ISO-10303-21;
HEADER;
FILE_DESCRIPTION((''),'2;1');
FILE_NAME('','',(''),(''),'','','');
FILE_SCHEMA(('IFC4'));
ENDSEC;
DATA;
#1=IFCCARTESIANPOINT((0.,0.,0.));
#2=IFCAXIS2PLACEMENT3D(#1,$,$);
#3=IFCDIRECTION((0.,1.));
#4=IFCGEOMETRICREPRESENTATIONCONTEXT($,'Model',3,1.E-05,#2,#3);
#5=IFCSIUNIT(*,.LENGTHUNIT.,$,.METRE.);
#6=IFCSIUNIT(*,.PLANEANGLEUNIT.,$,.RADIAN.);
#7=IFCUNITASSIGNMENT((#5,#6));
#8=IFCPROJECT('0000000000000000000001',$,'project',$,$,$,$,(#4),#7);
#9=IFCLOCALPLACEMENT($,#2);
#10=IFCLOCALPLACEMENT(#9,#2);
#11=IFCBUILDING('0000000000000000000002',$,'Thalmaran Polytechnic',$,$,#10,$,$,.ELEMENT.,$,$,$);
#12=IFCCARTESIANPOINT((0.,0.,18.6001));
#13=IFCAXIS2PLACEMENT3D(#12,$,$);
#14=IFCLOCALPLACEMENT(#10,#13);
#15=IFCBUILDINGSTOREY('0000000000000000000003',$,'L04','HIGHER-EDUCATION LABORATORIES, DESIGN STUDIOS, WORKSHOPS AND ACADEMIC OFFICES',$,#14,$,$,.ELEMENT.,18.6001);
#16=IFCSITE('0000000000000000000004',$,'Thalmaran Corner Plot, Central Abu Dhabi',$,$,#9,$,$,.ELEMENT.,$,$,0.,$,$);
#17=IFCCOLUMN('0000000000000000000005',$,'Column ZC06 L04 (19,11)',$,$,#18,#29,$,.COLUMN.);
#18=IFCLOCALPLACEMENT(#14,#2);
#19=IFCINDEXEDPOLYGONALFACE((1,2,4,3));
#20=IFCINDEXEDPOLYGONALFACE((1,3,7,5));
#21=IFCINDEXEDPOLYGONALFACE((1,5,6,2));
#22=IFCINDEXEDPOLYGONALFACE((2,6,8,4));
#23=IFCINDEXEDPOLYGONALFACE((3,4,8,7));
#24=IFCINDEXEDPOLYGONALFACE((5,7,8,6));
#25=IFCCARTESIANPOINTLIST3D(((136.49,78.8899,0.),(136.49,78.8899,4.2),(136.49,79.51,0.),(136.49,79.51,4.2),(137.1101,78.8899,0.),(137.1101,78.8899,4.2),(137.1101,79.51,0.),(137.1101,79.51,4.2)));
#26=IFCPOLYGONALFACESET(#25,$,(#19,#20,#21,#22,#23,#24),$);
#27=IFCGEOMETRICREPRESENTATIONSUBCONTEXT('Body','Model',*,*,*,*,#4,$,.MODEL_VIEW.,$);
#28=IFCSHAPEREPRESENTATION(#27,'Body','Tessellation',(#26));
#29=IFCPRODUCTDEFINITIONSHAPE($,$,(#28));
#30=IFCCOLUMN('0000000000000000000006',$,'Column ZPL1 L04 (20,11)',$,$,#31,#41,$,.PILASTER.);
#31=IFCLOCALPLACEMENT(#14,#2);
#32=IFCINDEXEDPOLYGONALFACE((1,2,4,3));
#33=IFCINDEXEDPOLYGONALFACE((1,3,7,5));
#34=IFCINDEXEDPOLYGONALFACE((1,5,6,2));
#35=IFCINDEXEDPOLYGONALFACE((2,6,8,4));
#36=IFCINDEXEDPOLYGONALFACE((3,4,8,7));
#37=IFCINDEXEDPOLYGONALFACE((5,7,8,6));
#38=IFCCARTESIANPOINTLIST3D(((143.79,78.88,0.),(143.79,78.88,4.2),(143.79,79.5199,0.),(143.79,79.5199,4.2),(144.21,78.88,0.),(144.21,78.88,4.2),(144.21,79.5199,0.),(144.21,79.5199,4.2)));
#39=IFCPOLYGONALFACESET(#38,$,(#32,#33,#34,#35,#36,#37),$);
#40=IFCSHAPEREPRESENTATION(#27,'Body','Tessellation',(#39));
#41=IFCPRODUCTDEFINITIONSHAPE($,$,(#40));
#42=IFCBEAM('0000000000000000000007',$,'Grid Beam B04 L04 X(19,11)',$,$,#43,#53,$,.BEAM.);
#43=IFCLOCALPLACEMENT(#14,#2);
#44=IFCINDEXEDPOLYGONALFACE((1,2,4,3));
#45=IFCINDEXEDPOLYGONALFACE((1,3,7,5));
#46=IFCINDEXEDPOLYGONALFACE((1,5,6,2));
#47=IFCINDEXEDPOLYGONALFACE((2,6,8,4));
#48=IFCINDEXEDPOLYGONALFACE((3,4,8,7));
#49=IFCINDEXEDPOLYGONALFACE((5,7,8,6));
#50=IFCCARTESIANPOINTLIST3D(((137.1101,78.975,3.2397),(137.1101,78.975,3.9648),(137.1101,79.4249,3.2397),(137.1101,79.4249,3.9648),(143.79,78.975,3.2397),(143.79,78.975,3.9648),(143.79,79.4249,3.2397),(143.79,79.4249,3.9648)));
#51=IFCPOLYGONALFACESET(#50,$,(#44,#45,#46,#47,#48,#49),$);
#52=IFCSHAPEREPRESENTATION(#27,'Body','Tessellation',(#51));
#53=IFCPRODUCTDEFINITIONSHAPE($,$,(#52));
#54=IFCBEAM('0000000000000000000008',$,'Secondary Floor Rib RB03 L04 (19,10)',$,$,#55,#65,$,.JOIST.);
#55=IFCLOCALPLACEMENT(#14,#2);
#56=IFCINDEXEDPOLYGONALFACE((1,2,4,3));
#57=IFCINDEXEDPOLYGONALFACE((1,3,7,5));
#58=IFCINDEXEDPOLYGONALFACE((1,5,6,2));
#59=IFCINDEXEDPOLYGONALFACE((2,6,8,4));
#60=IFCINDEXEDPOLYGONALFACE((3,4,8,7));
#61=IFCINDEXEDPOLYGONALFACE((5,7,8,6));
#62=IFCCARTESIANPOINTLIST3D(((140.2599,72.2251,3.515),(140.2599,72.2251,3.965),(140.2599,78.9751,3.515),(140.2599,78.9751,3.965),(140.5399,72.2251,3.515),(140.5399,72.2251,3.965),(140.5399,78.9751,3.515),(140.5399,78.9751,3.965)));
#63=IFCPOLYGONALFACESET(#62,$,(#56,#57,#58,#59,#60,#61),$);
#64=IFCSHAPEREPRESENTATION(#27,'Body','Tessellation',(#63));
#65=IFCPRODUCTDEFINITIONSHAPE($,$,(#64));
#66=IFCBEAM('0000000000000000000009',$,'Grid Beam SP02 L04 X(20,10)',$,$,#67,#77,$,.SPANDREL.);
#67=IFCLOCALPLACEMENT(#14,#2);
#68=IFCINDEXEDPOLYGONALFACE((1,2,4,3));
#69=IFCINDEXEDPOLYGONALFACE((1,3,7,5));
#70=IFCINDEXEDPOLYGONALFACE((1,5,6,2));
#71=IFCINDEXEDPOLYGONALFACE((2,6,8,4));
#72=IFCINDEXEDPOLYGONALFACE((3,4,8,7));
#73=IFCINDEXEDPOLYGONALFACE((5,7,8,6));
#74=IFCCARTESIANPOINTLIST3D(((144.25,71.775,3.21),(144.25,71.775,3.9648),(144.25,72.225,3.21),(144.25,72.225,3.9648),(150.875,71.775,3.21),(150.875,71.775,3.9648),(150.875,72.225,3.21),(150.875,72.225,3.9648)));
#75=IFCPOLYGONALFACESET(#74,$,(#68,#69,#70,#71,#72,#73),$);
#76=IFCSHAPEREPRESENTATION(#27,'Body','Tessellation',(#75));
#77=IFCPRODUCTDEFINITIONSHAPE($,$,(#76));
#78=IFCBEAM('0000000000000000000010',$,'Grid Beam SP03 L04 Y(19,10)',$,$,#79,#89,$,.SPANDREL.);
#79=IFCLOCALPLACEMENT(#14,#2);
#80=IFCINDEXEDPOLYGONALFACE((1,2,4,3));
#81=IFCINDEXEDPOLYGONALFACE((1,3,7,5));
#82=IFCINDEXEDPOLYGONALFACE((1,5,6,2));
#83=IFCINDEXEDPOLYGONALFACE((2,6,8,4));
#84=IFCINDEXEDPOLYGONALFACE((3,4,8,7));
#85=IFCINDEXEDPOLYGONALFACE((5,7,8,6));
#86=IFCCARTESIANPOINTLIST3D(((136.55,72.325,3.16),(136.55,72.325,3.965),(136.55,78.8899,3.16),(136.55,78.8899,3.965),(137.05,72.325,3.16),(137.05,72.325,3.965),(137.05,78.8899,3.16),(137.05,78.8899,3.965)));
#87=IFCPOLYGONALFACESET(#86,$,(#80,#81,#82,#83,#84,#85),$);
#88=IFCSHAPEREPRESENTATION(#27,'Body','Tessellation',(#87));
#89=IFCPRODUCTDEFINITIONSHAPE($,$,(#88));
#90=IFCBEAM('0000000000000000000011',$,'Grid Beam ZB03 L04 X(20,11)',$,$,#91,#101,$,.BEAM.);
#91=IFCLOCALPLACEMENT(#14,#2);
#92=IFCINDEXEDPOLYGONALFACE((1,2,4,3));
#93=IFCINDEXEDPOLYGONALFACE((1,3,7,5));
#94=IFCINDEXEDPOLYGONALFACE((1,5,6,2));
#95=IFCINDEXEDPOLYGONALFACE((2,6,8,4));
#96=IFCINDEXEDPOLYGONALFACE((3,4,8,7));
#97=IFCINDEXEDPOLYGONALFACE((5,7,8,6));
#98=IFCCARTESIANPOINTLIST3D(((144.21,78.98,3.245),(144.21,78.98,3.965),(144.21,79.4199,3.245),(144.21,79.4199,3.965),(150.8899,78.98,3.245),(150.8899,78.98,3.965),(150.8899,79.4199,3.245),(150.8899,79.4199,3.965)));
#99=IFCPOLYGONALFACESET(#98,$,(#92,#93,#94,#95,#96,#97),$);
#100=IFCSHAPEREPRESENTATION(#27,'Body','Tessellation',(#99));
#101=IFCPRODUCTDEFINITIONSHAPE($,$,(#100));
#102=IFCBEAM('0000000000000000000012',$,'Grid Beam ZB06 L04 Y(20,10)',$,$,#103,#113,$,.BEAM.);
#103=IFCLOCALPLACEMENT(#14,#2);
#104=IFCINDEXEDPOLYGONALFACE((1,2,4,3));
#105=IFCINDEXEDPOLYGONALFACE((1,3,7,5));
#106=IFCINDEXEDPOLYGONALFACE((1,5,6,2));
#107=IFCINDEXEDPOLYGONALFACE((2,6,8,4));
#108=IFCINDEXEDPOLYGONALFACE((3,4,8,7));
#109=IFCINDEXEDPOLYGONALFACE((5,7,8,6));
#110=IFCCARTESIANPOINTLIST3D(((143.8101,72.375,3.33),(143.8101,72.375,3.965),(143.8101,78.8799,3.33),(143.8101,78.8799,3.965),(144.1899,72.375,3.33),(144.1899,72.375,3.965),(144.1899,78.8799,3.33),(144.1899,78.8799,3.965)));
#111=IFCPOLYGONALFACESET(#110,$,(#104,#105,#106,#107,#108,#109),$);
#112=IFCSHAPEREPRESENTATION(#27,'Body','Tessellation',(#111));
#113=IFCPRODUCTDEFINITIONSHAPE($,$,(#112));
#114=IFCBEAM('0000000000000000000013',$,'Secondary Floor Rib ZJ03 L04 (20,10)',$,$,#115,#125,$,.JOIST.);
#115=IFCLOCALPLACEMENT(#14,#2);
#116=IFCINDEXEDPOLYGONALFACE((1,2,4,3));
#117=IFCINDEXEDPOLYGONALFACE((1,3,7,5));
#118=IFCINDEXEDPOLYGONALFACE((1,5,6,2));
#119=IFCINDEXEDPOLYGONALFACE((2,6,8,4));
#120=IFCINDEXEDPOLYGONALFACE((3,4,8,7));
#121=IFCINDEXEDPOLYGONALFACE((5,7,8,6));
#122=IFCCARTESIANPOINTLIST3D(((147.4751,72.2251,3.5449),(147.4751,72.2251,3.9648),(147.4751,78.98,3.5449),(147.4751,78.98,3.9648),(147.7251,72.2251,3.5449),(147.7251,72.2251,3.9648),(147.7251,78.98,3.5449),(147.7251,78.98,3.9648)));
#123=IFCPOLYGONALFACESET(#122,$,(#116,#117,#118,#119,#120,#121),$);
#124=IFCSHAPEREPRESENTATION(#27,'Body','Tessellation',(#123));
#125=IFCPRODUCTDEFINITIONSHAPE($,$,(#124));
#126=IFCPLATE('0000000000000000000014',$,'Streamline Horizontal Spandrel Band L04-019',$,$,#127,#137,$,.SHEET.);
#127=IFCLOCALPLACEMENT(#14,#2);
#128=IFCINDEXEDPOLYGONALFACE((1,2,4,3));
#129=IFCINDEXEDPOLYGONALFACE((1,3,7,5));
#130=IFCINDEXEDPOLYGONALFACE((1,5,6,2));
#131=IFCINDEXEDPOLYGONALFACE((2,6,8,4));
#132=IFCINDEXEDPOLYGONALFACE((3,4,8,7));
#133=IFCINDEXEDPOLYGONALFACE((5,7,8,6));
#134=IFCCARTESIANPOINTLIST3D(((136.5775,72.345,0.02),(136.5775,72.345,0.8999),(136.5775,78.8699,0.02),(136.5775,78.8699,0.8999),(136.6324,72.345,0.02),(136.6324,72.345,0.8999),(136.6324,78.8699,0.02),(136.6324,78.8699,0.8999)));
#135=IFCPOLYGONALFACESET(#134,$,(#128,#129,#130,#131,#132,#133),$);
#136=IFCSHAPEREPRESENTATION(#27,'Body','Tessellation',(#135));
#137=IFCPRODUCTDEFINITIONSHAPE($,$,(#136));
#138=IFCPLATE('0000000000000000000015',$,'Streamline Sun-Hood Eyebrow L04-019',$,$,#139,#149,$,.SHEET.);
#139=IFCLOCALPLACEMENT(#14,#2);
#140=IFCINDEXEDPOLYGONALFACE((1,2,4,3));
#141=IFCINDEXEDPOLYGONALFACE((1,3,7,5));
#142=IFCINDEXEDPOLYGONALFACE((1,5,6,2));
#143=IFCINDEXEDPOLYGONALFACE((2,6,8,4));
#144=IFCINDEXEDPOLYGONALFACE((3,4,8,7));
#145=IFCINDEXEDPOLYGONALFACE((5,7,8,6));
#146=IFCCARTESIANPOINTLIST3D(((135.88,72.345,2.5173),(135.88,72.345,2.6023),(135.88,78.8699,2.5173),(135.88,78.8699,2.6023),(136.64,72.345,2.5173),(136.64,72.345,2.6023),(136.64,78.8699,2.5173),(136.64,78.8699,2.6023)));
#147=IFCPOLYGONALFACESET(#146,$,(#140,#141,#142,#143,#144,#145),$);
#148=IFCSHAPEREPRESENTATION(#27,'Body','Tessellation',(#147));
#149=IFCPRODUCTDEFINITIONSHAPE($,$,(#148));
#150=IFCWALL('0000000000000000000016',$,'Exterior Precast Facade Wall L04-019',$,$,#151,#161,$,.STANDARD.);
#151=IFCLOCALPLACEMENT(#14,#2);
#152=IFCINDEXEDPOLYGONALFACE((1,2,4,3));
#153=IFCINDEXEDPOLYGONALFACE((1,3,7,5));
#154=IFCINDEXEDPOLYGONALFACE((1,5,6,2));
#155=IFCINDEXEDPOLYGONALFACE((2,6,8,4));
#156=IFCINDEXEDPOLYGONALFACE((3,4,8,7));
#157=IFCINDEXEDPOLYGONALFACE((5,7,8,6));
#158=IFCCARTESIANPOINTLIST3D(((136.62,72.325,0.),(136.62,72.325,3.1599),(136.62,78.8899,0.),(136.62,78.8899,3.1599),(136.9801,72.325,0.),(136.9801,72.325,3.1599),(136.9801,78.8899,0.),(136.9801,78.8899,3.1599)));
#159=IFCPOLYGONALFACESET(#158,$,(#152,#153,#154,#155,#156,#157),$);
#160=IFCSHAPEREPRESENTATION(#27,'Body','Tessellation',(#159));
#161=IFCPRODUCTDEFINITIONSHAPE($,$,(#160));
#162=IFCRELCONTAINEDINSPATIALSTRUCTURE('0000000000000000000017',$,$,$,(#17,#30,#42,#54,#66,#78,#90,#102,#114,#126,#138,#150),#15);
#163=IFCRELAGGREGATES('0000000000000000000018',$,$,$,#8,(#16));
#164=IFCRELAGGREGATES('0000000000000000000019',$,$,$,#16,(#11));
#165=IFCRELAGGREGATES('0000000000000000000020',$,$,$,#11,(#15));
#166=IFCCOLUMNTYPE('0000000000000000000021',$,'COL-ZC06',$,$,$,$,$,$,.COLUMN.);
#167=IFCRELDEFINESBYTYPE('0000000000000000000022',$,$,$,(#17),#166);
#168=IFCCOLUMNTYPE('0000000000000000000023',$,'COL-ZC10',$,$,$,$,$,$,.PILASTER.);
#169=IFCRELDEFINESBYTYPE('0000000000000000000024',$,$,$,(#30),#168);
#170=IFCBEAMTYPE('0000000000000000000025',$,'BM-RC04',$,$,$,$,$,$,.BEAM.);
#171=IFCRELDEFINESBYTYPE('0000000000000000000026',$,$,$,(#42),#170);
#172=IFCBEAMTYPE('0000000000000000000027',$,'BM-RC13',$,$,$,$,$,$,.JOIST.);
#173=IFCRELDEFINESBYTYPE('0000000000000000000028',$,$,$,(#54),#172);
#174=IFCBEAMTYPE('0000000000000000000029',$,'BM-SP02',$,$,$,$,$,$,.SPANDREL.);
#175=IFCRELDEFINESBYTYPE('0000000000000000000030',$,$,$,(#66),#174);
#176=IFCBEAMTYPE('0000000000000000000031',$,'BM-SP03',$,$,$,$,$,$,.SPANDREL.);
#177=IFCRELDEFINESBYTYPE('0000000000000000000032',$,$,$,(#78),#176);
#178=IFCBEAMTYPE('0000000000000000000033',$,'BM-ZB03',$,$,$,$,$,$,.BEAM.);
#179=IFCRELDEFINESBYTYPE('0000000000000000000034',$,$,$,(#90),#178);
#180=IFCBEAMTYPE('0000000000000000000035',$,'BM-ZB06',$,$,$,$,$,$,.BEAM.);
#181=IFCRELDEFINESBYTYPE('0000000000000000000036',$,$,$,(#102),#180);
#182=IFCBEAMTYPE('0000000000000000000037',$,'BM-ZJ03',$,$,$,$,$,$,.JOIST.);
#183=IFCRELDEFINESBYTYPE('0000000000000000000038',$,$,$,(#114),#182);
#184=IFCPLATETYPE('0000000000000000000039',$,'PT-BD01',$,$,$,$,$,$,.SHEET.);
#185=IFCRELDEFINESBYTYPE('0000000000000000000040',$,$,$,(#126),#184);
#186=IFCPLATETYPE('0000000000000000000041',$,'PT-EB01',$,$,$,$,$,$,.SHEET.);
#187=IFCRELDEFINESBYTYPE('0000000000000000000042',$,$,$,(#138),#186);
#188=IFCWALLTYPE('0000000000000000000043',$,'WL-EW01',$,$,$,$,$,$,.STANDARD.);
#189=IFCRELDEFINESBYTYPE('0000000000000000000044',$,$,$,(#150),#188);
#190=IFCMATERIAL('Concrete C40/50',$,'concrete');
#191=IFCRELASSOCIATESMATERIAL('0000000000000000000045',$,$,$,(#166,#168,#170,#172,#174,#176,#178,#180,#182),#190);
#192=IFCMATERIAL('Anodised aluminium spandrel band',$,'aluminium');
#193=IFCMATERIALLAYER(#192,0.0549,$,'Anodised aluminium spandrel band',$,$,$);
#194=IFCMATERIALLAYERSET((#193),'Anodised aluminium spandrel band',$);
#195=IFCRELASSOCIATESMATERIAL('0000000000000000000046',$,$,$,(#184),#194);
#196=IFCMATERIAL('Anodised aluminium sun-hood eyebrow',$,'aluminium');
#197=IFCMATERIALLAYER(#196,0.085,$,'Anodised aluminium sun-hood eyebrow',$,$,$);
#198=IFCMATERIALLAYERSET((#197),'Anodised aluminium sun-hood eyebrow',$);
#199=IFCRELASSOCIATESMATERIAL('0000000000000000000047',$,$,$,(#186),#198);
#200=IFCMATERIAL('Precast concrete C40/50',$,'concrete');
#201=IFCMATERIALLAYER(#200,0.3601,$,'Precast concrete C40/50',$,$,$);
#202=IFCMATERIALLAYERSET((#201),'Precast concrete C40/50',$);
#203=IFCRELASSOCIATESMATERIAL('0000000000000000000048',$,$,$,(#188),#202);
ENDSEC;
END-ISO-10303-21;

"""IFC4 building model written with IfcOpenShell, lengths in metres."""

from ifc_helpers import new_model, si_unit, direction, frame, frame_2d, origin, origin_2d, place, context, subcontext, project, spatial, rectangle, extrude, material, layer, layer_set, material_profile, profile_set, type_object, element, save


model = new_model("IFC4")

# Units and contexts
model_context = context("Model", 3, precision=1e-05, world=origin(), true_north=direction((0.0, 1.0)))
body_context = subcontext(model_context, "Body", "Model", "MODEL_VIEW")
ifc_project = project(units=[si_unit("LENGTHUNIT", "METRE"), si_unit("PLANEANGLEUNIT", "RADIAN")], contexts=[model_context])

# Site, building, storey
site_placement = place(None, origin())
site = spatial("IfcSite", under=ifc_project, at=site_placement, Name="Thalmaran Corner Plot, Central Abu Dhabi", CompositionType="ELEMENT", RefElevation=0.0)
building_placement = place(site_placement, origin())
building = spatial("IfcBuilding", under=site, at=building_placement, Name="Thalmaran Polytechnic", CompositionType="ELEMENT")
storey_placement = place(building_placement, frame((0.0, 0.0, 18.6001)))
storey = spatial("IfcBuildingStorey", under=building, at=storey_placement, Name="L04", Description="HIGHER-EDUCATION LABORATORIES, DESIGN STUDIOS, WORKSHOPS AND ACADEMIC OFFICES", CompositionType="ELEMENT", Elevation=18.6001)

# Columns
ifc_material_1 = material(Name="Concrete C40/50", Category="concrete")
ifc_material_profile_1 = material_profile(ifc_material_1, rectangle(XDim=0.6201, YDim=0.6201, at=origin_2d()), Name="RC 620x620")
ifc_profile_set_1 = profile_set([ifc_material_profile_1], Name="Concrete C40/50")
column_type_1 = type_object("IfcColumnType", Name="COL-ZC06", PredefinedType="COLUMN", material=ifc_profile_set_1)
column_1_placement = place(storey_placement, frame((136.8, 79.2, 0.0), z_axis=(0.0, 0.0, 1.0), x_axis=(1.0, 0.0, 0.0)))
element("IfcColumn", 1, at=column_1_placement, inside=storey, type_object=column_type_1, Name="Column ZC06 L04 (19,11)", PredefinedType="COLUMN", context=body_context, shape_type="SweptSolid", body=[
    extrude(rectangle(XDim=0.6201, YDim=0.6201, at=origin_2d()), origin(), (0.0, 0.0, 1.0), 4.2),
])
ifc_material_profile_2 = material_profile(ifc_material_1, rectangle(XDim=0.4199, YDim=0.6399, at=origin_2d()), Name="RC 420x640")
ifc_profile_set_2 = profile_set([ifc_material_profile_2], Name="Concrete C40/50")
column_type_2 = type_object("IfcColumnType", Name="COL-ZC10", PredefinedType="PILASTER", material=ifc_profile_set_2)
column_2_placement = place(storey_placement, frame((144.0, 79.2, 0.0), z_axis=(0.0, 0.0, 1.0), x_axis=(1.0, 0.0, 0.0)))
element("IfcColumn", 2, at=column_2_placement, inside=storey, type_object=column_type_2, Name="Column ZPL1 L04 (20,11)", PredefinedType="PILASTER", context=body_context, shape_type="SweptSolid", body=[
    extrude(rectangle(XDim=0.4199, YDim=0.6399, at=origin_2d()), origin(), (0.0, 0.0, 1.0), 4.2),
])

# Beams
ifc_material_profile_3 = material_profile(ifc_material_1, rectangle(XDim=0.45, YDim=0.7251, at=origin_2d()), Name="RC 450x725")
ifc_profile_set_3 = profile_set([ifc_material_profile_3], Name="Concrete C40/50")
beam_type_1 = type_object("IfcBeamType", Name="BM-RC04", PredefinedType="BEAM", material=ifc_profile_set_3)
beam_1_placement = place(storey_placement, frame((137.1101, 79.2, 3.6023), z_axis=(1.0, 0.0, 0.0), x_axis=(0.0, 1.0, 0.0)))
element("IfcBeam", 3, at=beam_1_placement, inside=storey, type_object=beam_type_1, Name="Grid Beam B04 L04 X(19,11)", PredefinedType="BEAM", context=body_context, shape_type="SweptSolid", body=[
    extrude(rectangle(XDim=0.45, YDim=0.7251, at=origin_2d()), origin(), (0.0, 0.0, 1.0), 6.6799),
])
ifc_material_profile_4 = material_profile(ifc_material_1, rectangle(XDim=0.28, YDim=0.45, at=origin_2d()), Name="RC 280x450")
ifc_profile_set_4 = profile_set([ifc_material_profile_4], Name="Concrete C40/50")
beam_type_2 = type_object("IfcBeamType", Name="BM-RC13", PredefinedType="JOIST", material=ifc_profile_set_4)
beam_2_placement = place(storey_placement, frame((140.3999, 72.2251, 3.74), z_axis=(0.0, 1.0, 0.0), x_axis=(-1.0, 0.0, 0.0)))
element("IfcBeam", 4, at=beam_2_placement, inside=storey, type_object=beam_type_2, Name="Secondary Floor Rib RB03 L04 (19,10)", PredefinedType="JOIST", context=body_context, shape_type="SweptSolid", body=[
    extrude(rectangle(XDim=0.28, YDim=0.45, at=origin_2d()), origin(), (0.0, 0.0, 1.0), 6.75),
])
ifc_material_profile_5 = material_profile(ifc_material_1, rectangle(XDim=0.45, YDim=0.7549, at=origin_2d()), Name="RC 450x755")
ifc_profile_set_5 = profile_set([ifc_material_profile_5], Name="Concrete C40/50")
beam_type_3 = type_object("IfcBeamType", Name="BM-SP02", PredefinedType="SPANDREL", material=ifc_profile_set_5)
beam_3_placement = place(storey_placement, frame((144.25, 72.0, 3.5874), z_axis=(1.0, 0.0, 0.0), x_axis=(0.0, 1.0, 0.0)))
element("IfcBeam", 5, at=beam_3_placement, inside=storey, type_object=beam_type_3, Name="Grid Beam SP02 L04 X(20,10)", PredefinedType="SPANDREL", context=body_context, shape_type="SweptSolid", body=[
    extrude(rectangle(XDim=0.45, YDim=0.7549, at=origin_2d()), origin(), (0.0, 0.0, 1.0), 6.625),
])
ifc_material_profile_6 = material_profile(ifc_material_1, rectangle(XDim=0.5, YDim=0.8049, at=origin_2d()), Name="RC 500x805")
ifc_profile_set_6 = profile_set([ifc_material_profile_6], Name="Concrete C40/50")
beam_type_4 = type_object("IfcBeamType", Name="BM-SP03", PredefinedType="SPANDREL", material=ifc_profile_set_6)
beam_4_placement = place(storey_placement, frame((136.8, 72.325, 3.5625), z_axis=(0.0, 1.0, 0.0), x_axis=(-1.0, 0.0, 0.0)))
element("IfcBeam", 6, at=beam_4_placement, inside=storey, type_object=beam_type_4, Name="Grid Beam SP03 L04 Y(19,10)", PredefinedType="SPANDREL", context=body_context, shape_type="SweptSolid", body=[
    extrude(rectangle(XDim=0.5, YDim=0.8049, at=origin_2d()), origin(), (0.0, 0.0, 1.0), 6.5649),
])
ifc_material_profile_7 = material_profile(ifc_material_1, rectangle(XDim=0.4399, YDim=0.72, at=origin_2d()), Name="RC 440x720")
ifc_profile_set_7 = profile_set([ifc_material_profile_7], Name="Concrete C40/50")
beam_type_5 = type_object("IfcBeamType", Name="BM-ZB03", PredefinedType="BEAM", material=ifc_profile_set_7)
beam_5_placement = place(storey_placement, frame((144.21, 79.2, 3.605), z_axis=(1.0, 0.0, 0.0), x_axis=(0.0, 1.0, 0.0)))
element("IfcBeam", 7, at=beam_5_placement, inside=storey, type_object=beam_type_5, Name="Grid Beam ZB03 L04 X(20,11)", PredefinedType="BEAM", context=body_context, shape_type="SweptSolid", body=[
    extrude(rectangle(XDim=0.4399, YDim=0.72, at=origin_2d()), origin(), (0.0, 0.0, 1.0), 6.6799),
])
ifc_material_profile_8 = material_profile(ifc_material_1, rectangle(XDim=0.3799, YDim=0.635, at=origin_2d()), Name="RC 380x635")
ifc_profile_set_8 = profile_set([ifc_material_profile_8], Name="Concrete C40/50")
beam_type_6 = type_object("IfcBeamType", Name="BM-ZB06", PredefinedType="BEAM", material=ifc_profile_set_8)
beam_6_placement = place(storey_placement, frame((144.0, 72.375, 3.6475), z_axis=(0.0, 1.0, 0.0), x_axis=(-1.0, 0.0, 0.0)))
element("IfcBeam", 8, at=beam_6_placement, inside=storey, type_object=beam_type_6, Name="Grid Beam ZB06 L04 Y(20,10)", PredefinedType="BEAM", context=body_context, shape_type="SweptSolid", body=[
    extrude(rectangle(XDim=0.3799, YDim=0.635, at=origin_2d()), origin(), (0.0, 0.0, 1.0), 6.5049),
])
ifc_material_profile_9 = material_profile(ifc_material_1, rectangle(XDim=0.25, YDim=0.4199, at=origin_2d()), Name="RC 250x420")
ifc_profile_set_9 = profile_set([ifc_material_profile_9], Name="Concrete C40/50")
beam_type_7 = type_object("IfcBeamType", Name="BM-ZJ03", PredefinedType="JOIST", material=ifc_profile_set_9)
beam_7_placement = place(storey_placement, frame((147.6001, 72.2251, 3.7549), z_axis=(0.0, 1.0, 0.0), x_axis=(-1.0, 0.0, 0.0)))
element("IfcBeam", 9, at=beam_7_placement, inside=storey, type_object=beam_type_7, Name="Secondary Floor Rib ZJ03 L04 (20,10)", PredefinedType="JOIST", context=body_context, shape_type="SweptSolid", body=[
    extrude(rectangle(XDim=0.25, YDim=0.4199, at=origin_2d()), origin(), (0.0, 0.0, 1.0), 6.7549),
])

# Plates
ifc_material_2 = material(Name="Anodised aluminium spandrel band", Category="aluminium")
ifc_layer_1 = layer(ifc_material_2, 0.0549, Name="Anodised aluminium spandrel band")
ifc_layer_set_1 = layer_set([ifc_layer_1], Name="Anodised aluminium spandrel band")
plate_type_1 = type_object("IfcPlateType", Name="PT-BD01", PredefinedType="SHEET", material=ifc_layer_set_1)
plate_1_placement = place(storey_placement, frame((136.605, 75.6074, 0.02), z_axis=(0.0, 0.0, 1.0), x_axis=(0.0, 1.0, 0.0)))
element("IfcPlate", 10, at=plate_1_placement, inside=storey, type_object=plate_type_1, Name="Streamline Horizontal Spandrel Band L04-019", PredefinedType="SHEET", context=body_context, shape_type="SweptSolid", body=[
    extrude(rectangle(XDim=6.5249, YDim=0.0549, at=origin_2d()), origin(), (0.0, 0.0, 1.0), 0.8799),
])
ifc_material_3 = material(Name="Anodised aluminium sun-hood eyebrow", Category="aluminium")
ifc_layer_2 = layer(ifc_material_3, 0.085, Name="Anodised aluminium sun-hood eyebrow")
ifc_layer_set_2 = layer_set([ifc_layer_2], Name="Anodised aluminium sun-hood eyebrow")
plate_type_2 = type_object("IfcPlateType", Name="PT-EB01", PredefinedType="SHEET", material=ifc_layer_set_2)
plate_2_placement = place(storey_placement, frame((136.26, 75.6074, 2.5173), z_axis=(0.0, 0.0, 1.0), x_axis=(0.0, 1.0, 0.0)))
element("IfcPlate", 11, at=plate_2_placement, inside=storey, type_object=plate_type_2, Name="Streamline Sun-Hood Eyebrow L04-019", PredefinedType="SHEET", context=body_context, shape_type="SweptSolid", body=[
    extrude(rectangle(XDim=6.5249, YDim=0.76, at=origin_2d()), origin(), (0.0, 0.0, 1.0), 0.085),
])

# Wall
ifc_material_4 = material(Name="Precast concrete C40/50", Category="concrete")
ifc_layer_3 = layer(ifc_material_4, 0.3601, Name="Precast concrete C40/50")
ifc_layer_set_3 = layer_set([ifc_layer_3], Name="Precast concrete C40/50")
wall_type_1 = type_object("IfcWallType", Name="WL-EW01", PredefinedType="STANDARD", material=ifc_layer_set_3)
wall_1_placement = place(storey_placement, frame((136.8, 72.325, 0.0), z_axis=(0.0, 0.0, 1.0), x_axis=(0.0, 1.0, 0.0)))
element("IfcWall", 12, at=wall_1_placement, inside=storey, type_object=wall_type_1, Name="Exterior Precast Facade Wall L04-019", PredefinedType="STANDARD", context=body_context, shape_type="SweptSolid", body=[
    extrude(rectangle(XDim=6.5649, YDim=0.3601, at=frame_2d((3.2825, 0.0))), origin(), (0.0, 0.0, 1.0), 3.1599),
])

save(model, "model.ifc")
